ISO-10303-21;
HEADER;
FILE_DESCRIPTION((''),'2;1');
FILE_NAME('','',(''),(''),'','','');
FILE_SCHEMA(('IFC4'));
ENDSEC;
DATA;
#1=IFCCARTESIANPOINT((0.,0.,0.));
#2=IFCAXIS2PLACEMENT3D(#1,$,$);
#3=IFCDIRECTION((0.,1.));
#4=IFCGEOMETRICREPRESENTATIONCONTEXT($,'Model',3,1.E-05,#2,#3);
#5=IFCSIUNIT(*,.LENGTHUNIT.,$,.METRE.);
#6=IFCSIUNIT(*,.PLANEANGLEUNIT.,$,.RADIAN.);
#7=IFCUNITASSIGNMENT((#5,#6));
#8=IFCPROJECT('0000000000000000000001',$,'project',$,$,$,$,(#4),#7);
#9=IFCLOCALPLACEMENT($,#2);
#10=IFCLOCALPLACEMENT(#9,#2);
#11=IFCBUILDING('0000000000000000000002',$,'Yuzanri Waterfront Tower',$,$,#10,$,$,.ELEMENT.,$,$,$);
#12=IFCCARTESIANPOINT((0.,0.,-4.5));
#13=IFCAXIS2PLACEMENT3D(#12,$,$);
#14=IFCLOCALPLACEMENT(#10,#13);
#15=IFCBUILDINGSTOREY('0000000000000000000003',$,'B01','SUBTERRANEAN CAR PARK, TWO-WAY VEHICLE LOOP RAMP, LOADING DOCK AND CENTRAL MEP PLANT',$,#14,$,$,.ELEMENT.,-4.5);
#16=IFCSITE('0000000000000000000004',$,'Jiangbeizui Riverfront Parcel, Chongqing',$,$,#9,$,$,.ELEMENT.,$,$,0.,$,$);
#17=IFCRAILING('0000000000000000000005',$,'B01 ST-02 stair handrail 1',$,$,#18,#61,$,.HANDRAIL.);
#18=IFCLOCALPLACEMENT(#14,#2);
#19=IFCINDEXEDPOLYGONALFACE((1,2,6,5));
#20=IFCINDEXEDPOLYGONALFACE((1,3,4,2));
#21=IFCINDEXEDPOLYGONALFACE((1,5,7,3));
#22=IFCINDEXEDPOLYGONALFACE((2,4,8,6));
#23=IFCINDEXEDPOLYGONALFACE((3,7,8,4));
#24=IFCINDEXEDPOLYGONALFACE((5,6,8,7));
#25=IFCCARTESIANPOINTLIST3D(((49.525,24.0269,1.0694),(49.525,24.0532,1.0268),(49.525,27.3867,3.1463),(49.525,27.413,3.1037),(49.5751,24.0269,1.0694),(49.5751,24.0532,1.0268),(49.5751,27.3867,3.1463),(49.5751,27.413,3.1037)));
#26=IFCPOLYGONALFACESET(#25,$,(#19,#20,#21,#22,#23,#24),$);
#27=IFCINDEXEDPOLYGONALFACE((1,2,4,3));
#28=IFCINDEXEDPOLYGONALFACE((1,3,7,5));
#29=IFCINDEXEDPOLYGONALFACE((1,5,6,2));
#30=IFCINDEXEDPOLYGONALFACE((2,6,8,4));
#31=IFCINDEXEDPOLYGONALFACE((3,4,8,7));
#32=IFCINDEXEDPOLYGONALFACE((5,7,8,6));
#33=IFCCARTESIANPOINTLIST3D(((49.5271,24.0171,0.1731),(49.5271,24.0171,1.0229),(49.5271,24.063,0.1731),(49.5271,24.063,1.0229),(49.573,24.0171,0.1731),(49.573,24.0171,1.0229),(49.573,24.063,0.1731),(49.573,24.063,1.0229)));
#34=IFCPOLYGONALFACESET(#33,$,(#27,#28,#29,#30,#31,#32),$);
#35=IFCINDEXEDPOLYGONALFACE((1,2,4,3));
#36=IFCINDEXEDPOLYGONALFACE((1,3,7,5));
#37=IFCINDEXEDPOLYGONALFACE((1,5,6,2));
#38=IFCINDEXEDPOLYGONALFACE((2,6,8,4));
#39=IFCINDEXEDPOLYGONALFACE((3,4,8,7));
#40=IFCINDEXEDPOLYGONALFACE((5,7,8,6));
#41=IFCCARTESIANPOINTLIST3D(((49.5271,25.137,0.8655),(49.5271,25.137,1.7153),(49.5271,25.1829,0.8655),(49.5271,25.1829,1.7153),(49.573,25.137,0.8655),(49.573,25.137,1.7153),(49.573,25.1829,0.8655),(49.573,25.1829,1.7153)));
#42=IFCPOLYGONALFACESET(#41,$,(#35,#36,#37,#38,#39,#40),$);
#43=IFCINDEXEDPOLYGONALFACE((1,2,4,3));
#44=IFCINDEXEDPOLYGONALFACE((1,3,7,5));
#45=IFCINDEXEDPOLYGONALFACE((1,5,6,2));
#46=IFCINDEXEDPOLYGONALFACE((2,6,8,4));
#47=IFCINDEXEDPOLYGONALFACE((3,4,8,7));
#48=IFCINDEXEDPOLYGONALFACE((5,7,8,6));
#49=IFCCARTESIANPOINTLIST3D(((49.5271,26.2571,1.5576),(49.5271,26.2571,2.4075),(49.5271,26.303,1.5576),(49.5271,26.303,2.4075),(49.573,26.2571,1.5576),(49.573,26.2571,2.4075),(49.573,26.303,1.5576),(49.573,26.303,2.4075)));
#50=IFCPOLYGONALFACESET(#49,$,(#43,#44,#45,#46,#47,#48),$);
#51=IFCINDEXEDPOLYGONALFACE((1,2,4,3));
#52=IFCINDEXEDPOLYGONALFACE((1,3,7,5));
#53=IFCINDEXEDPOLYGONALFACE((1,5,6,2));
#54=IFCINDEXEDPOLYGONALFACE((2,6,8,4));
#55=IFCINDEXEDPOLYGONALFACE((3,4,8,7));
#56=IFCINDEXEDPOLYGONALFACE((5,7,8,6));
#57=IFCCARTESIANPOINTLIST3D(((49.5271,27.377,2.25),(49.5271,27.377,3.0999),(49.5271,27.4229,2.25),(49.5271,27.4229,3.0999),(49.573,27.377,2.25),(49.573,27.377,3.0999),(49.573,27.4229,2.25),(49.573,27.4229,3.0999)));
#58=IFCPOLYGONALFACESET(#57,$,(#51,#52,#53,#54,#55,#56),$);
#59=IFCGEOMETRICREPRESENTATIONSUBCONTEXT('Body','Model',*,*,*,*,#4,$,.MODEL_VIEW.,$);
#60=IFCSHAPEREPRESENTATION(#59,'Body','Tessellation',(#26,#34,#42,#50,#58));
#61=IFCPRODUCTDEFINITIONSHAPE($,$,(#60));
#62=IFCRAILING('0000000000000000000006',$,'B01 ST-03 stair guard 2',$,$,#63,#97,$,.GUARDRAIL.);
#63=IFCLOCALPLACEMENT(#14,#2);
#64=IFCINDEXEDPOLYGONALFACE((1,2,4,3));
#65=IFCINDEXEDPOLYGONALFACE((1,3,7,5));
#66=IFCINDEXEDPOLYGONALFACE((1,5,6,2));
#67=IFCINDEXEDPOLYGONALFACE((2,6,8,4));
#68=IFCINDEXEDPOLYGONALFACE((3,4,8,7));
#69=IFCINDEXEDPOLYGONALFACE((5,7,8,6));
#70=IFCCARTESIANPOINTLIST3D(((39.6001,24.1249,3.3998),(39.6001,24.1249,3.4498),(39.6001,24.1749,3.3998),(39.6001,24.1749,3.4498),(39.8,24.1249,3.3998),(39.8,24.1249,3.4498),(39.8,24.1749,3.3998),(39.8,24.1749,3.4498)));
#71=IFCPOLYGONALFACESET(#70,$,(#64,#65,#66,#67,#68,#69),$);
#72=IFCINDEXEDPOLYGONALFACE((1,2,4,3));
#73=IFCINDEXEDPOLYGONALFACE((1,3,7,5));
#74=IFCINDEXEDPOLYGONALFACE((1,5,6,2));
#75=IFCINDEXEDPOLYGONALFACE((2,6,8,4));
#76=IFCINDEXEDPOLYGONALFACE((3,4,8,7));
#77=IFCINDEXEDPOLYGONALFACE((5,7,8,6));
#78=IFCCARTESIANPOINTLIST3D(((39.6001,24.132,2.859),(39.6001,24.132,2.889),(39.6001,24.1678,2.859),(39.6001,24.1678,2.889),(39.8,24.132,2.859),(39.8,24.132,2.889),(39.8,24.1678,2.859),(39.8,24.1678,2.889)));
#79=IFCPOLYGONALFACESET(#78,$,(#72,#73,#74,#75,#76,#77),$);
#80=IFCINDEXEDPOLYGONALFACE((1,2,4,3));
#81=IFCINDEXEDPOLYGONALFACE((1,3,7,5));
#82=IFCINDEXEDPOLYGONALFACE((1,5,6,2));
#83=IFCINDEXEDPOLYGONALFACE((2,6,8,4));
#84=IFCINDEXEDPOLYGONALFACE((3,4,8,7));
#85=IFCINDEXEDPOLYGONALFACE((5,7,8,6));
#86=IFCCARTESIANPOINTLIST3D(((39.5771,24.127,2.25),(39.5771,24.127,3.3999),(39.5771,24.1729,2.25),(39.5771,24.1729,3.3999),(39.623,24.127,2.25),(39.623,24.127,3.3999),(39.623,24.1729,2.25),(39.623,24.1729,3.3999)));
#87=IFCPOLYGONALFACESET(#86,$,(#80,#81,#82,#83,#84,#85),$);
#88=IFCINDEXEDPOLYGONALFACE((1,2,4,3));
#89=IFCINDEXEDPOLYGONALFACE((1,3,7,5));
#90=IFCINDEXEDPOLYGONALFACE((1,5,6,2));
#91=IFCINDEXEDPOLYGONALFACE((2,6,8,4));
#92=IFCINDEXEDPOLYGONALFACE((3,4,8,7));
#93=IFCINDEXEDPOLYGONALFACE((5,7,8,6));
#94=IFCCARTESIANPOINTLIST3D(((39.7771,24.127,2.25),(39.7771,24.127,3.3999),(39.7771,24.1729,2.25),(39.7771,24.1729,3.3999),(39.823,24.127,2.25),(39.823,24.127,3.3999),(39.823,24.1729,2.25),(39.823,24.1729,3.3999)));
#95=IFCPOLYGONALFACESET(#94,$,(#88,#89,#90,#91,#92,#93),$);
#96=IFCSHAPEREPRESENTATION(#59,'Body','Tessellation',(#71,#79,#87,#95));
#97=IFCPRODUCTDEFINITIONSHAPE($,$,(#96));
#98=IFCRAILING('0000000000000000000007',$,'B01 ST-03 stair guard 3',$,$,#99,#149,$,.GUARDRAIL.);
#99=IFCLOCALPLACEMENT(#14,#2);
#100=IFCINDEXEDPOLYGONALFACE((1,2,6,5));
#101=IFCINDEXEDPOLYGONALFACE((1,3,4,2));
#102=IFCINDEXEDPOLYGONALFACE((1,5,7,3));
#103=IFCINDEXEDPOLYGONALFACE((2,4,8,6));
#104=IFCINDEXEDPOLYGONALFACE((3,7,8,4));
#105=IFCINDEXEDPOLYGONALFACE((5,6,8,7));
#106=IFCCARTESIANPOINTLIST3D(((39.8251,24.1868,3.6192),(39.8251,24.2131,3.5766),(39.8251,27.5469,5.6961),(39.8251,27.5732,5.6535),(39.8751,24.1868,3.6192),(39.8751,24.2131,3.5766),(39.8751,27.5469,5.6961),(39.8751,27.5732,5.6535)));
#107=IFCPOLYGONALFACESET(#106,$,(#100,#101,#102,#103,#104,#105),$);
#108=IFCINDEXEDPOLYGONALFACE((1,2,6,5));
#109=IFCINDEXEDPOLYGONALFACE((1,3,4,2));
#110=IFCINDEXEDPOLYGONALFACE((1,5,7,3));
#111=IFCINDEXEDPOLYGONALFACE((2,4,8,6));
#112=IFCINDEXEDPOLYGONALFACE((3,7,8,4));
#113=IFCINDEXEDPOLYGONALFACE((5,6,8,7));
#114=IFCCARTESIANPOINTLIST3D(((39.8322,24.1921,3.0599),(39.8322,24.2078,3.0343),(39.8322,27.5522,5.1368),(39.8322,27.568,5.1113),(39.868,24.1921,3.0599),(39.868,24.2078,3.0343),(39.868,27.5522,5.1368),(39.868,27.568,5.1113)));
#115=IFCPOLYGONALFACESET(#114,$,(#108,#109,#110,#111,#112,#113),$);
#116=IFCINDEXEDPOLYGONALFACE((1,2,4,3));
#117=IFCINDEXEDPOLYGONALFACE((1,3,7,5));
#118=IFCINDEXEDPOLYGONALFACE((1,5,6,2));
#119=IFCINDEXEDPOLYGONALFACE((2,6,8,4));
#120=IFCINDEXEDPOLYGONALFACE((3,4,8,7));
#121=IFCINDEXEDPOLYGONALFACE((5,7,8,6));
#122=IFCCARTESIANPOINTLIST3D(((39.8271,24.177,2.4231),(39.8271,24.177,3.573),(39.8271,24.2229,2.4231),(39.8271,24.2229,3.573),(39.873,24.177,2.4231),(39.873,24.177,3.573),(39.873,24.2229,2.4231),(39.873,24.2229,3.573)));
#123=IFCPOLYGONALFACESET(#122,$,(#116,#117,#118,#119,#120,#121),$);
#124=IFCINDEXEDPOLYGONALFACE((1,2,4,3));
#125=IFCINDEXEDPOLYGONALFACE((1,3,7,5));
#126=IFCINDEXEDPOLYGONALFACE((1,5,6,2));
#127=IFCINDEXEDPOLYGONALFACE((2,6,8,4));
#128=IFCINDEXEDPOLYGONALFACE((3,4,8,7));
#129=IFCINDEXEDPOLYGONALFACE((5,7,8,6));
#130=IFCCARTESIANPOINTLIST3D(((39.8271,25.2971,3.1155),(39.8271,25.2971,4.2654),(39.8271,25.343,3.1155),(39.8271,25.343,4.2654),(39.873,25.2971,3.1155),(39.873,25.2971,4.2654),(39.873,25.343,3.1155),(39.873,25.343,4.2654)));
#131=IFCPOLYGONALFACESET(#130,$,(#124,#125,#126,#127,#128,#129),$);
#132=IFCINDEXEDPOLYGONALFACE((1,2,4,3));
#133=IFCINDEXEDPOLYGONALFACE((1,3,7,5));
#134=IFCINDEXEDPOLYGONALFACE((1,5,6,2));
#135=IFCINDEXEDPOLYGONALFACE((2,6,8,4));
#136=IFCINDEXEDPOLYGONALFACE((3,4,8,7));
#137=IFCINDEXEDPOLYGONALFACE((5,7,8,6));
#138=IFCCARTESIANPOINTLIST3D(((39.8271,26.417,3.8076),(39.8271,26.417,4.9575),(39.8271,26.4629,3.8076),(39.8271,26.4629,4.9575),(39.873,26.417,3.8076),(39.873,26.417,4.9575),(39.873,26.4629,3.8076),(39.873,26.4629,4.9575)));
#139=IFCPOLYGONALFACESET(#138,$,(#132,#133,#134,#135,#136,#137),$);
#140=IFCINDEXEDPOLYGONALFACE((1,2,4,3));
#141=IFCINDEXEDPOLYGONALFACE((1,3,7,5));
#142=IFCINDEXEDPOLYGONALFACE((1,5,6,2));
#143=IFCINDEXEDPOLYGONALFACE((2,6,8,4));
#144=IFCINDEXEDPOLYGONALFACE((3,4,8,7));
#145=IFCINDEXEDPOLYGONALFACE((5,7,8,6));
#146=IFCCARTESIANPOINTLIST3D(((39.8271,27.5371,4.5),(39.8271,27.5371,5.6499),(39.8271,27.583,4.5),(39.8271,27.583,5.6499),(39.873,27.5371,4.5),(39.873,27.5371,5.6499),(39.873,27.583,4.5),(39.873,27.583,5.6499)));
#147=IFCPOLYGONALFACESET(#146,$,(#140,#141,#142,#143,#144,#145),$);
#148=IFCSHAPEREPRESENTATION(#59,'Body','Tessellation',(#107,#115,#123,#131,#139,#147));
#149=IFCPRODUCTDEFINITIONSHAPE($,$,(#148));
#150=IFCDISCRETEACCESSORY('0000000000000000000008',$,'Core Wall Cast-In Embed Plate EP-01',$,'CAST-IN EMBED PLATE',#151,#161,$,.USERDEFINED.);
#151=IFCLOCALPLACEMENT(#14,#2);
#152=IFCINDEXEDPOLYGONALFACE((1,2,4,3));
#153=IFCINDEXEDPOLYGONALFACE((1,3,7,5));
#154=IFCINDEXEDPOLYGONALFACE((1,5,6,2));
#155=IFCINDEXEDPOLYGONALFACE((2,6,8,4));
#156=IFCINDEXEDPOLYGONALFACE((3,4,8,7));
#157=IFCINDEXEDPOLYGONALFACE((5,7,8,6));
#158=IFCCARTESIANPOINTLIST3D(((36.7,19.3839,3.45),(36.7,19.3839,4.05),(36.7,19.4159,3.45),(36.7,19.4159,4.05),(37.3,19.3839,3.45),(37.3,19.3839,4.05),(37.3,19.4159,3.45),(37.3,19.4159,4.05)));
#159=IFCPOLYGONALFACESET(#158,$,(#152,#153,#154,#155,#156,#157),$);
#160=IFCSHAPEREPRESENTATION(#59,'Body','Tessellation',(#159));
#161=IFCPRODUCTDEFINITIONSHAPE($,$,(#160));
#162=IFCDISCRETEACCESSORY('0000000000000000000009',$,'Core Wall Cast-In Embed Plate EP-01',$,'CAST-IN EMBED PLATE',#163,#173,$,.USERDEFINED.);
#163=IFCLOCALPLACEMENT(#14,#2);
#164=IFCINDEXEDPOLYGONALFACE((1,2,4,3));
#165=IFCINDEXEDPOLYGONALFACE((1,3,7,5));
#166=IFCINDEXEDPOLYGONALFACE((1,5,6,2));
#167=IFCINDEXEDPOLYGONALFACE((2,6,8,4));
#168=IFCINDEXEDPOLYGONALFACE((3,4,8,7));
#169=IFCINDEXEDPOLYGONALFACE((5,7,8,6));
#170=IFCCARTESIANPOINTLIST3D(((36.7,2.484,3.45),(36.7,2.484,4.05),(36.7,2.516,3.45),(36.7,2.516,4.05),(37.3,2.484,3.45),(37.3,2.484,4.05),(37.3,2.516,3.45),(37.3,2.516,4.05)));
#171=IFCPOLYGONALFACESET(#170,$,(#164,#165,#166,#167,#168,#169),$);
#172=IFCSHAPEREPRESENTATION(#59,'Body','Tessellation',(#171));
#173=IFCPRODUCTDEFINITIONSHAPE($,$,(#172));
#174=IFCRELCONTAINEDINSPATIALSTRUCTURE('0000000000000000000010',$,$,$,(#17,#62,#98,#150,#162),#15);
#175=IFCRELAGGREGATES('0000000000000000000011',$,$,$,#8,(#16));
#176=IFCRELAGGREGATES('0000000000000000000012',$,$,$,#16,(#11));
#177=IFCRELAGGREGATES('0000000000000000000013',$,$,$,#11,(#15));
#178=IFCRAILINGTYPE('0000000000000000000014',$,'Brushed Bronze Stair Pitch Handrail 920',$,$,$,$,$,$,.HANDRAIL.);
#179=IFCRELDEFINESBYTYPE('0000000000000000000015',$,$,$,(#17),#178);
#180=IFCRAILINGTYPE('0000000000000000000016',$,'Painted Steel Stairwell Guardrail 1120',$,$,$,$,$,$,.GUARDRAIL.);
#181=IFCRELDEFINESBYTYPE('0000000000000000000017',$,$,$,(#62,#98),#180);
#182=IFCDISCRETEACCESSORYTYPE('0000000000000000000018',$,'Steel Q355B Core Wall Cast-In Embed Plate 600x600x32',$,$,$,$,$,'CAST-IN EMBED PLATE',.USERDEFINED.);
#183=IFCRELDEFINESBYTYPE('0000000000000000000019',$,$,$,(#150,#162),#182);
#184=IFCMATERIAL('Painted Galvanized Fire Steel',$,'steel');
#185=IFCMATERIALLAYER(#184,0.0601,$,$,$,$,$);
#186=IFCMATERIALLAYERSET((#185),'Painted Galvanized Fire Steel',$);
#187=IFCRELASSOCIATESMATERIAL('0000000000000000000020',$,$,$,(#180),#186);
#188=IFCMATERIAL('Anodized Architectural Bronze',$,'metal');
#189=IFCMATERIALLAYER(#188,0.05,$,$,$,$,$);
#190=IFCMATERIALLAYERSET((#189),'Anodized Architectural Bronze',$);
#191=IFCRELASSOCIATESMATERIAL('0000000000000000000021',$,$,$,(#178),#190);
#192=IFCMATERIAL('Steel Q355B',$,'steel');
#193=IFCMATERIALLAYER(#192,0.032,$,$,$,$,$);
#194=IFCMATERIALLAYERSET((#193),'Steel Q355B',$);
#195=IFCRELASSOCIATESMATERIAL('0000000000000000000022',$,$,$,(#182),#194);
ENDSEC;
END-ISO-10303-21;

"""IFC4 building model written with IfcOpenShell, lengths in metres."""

from ifc_helpers import new_model, si_unit, direction, frame, origin, origin_2d, place, context, subcontext, project, spatial, rectangle, extrude, source, transform, mapped, material, layer, layer_set, type_object, element, save


model = new_model("IFC4")

# Units and contexts
model_context = context("Model", 3, precision=1e-05, world=origin(), true_north=direction((0.0, 1.0)))
body_context = subcontext(model_context, "Body", "Model", "MODEL_VIEW")
ifc_project = project(units=[si_unit("LENGTHUNIT", "METRE"), si_unit("PLANEANGLEUNIT", "RADIAN")], contexts=[model_context])

# Site, building, storey
site_placement = place(None, origin())
site = spatial("IfcSite", under=ifc_project, at=site_placement, Name="Jiangbeizui Riverfront Parcel, Chongqing", CompositionType="ELEMENT", RefElevation=0.0)
building_placement = place(site_placement, origin())
building = spatial("IfcBuilding", under=site, at=building_placement, Name="Yuzanri Waterfront Tower", CompositionType="ELEMENT")
storey_placement = place(building_placement, frame((0.0, 0.0, -4.5)))
storey = spatial("IfcBuildingStorey", under=building, at=storey_placement, Name="B01", Description="SUBTERRANEAN CAR PARK, TWO-WAY VEHICLE LOOP RAMP, LOADING DOCK AND CENTRAL MEP PLANT", CompositionType="ELEMENT", Elevation=-4.5)

# Railings
ifc_material_1 = material(Name="Painted Galvanized Fire Steel", Category="steel")
ifc_layer_1 = layer(ifc_material_1, 0.0601)
ifc_layer_set_1 = layer_set([ifc_layer_1], Name="Painted Galvanized Fire Steel")
railing_type_1 = type_object("IfcRailingType", Name="Painted Steel Stairwell Guardrail 1120", PredefinedType="GUARDRAIL", material=ifc_layer_set_1)
ifc_material_2 = material(Name="Anodized Architectural Bronze", Category="metal")
ifc_layer_2 = layer(ifc_material_2, 0.05)
ifc_layer_set_2 = layer_set([ifc_layer_2], Name="Anodized Architectural Bronze")
railing_type_2 = type_object("IfcRailingType", Name="Brushed Bronze Stair Pitch Handrail 920", PredefinedType="HANDRAIL", material=ifc_layer_set_2)
shared_shape_1 = source(origin(), body_context, "Body", "SweptSolid", [
    extrude(rectangle(XDim=0.05, YDim=0.05, at=origin_2d()), frame((0.0, 0.0, 0.875), z_axis=(0.0, 0.850606, 0.525803), x_axis=(-1.0, 0.0, 0.0)), (0.0, 0.0, 1.0), 3.95),
    extrude(rectangle(XDim=0.0459, YDim=0.0459, at=origin_2d()), origin(), (0.0, 0.0, 1.0), 0.8499),
    extrude(rectangle(XDim=0.0459, YDim=0.0459, at=origin_2d()), frame((0.0, 1.1199, 0.6924)), (0.0, 0.0, 1.0), 0.8499),
    extrude(rectangle(XDim=0.0459, YDim=0.0459, at=origin_2d()), frame((0.0, 2.24, 1.3845)), (0.0, 0.0, 1.0), 0.8499),
    extrude(rectangle(XDim=0.0459, YDim=0.0459, at=origin_2d()), frame((0.0, 3.3599, 2.0769)), (0.0, 0.0, 1.0), 0.8499),
])
railing_1_placement = place(storey_placement, frame((49.55, 24.04, 0.1731)))
element("IfcRailing", 1, at=railing_1_placement, inside=storey, type_object=railing_type_2, Name="B01 ST-02 stair handrail 1", PredefinedType="HANDRAIL", context=body_context, shape_type="MappedRepresentation", body=[
    mapped(shared_shape_1, transform((0.0, 0.0, 0.0), scale=1.0)),
])
shared_shape_2 = source(origin(), body_context, "Body", "SweptSolid", [
    extrude(rectangle(XDim=0.05, YDim=0.05, at=origin_2d()), frame((0.0, 0.0, 1.1748), z_axis=(1.0, 0.0, 0.0), x_axis=(0.0, 1.0, 0.0)), (0.0, 0.0, 1.0), 0.2),
    extrude(rectangle(XDim=0.0359, YDim=0.03, at=origin_2d()), frame((0.0, 0.0, 0.624), z_axis=(1.0, 0.0, 0.0), x_axis=(0.0, 1.0, 0.0)), (0.0, 0.0, 1.0), 0.2),
    extrude(rectangle(XDim=0.0459, YDim=0.0459, at=origin_2d()), origin(), (0.0, 0.0, 1.0), 1.1499),
    extrude(rectangle(XDim=0.0459, YDim=0.0459, at=origin_2d()), frame((0.2, 0.0, 0.0)), (0.0, 0.0, 1.0), 1.1499),
])
railing_2_placement = place(storey_placement, frame((39.6001, 24.1499, 2.25)))
element("IfcRailing", 2, at=railing_2_placement, inside=storey, type_object=railing_type_1, Name="B01 ST-03 stair guard 2", PredefinedType="GUARDRAIL", context=body_context, shape_type="MappedRepresentation", body=[
    mapped(shared_shape_2, transform((0.0, 0.0, 0.0), scale=1.0)),
])
shared_shape_3 = source(origin(), body_context, "Body", "SweptSolid", [
    extrude(rectangle(XDim=0.05, YDim=0.05, at=origin_2d()), frame((0.0, 0.0, 1.1748), z_axis=(0.0, 0.850623, 0.525776), x_axis=(-1.0, 0.0, 0.0)), (0.0, 0.0, 1.0), 3.9502),
    extrude(rectangle(XDim=0.0359, YDim=0.03, at=origin_2d()), frame((0.0, 0.0, 0.624), z_axis=(0.0, 0.850623, 0.525776), x_axis=(-1.0, 0.0, 0.0)), (0.0, 0.0, 1.0), 3.9502),
    extrude(rectangle(XDim=0.0459, YDim=0.0459, at=origin_2d()), origin(), (0.0, 0.0, 1.0), 1.1499),
    extrude(rectangle(XDim=0.0459, YDim=0.0459, at=origin_2d()), frame((0.0, 1.1201, 0.6924)), (0.0, 0.0, 1.0), 1.1499),
    extrude(rectangle(XDim=0.0459, YDim=0.0459, at=origin_2d()), frame((0.0, 2.24, 1.3845)), (0.0, 0.0, 1.0), 1.1499),
    extrude(rectangle(XDim=0.0459, YDim=0.0459, at=origin_2d()), frame((0.0, 3.3601, 2.0769)), (0.0, 0.0, 1.0), 1.1499),
])
railing_3_placement = place(storey_placement, frame((39.8501, 24.2, 2.4231)))
element("IfcRailing", 3, at=railing_3_placement, inside=storey, type_object=railing_type_1, Name="B01 ST-03 stair guard 3", PredefinedType="GUARDRAIL", context=body_context, shape_type="MappedRepresentation", body=[
    mapped(shared_shape_3, transform((0.0, 0.0, 0.0), scale=1.0)),
])

# Discrete accessories
ifc_material_3 = material(Name="Steel Q355B", Category="steel")
ifc_layer_3 = layer(ifc_material_3, 0.032)
ifc_layer_set_3 = layer_set([ifc_layer_3], Name="Steel Q355B")
discrete_accessory_type = type_object("IfcDiscreteAccessoryType", Name="Steel Q355B Core Wall Cast-In Embed Plate 600x600x32", ElementType="CAST-IN EMBED PLATE", PredefinedType="USERDEFINED", material=ifc_layer_set_3)
shared_shape_4 = source(origin(), body_context, "Body", "SweptSolid", [
    extrude(rectangle(XDim=0.6001, YDim=0.032, at=origin_2d()), origin(), (0.0, 0.0, 1.0), 0.6001),
])
for number, where, z_axis, x_axis, name in (
    (4, (37.0, 19.3999, 3.45), (0.0, 0.0, 1.0), (1.0, 0.0, 0.0), "Core Wall Cast-In Embed Plate EP-01"),
    (5, (37.0, 2.5, 3.45), (0.0, 0.0, 1.0), (1.0, 0.0, 0.0), "Core Wall Cast-In Embed Plate EP-01"),
):
    element("IfcDiscreteAccessory", number, at=place(storey_placement, frame(where, z_axis=z_axis, x_axis=x_axis)), inside=storey, type_object=discrete_accessory_type, Name=name, ObjectType="CAST-IN EMBED PLATE", PredefinedType="USERDEFINED", context=body_context, shape_type="MappedRepresentation", body=[
        mapped(shared_shape_4, transform((0.0, 0.0, 0.0), scale=1.0)),
    ])

save(model, "model.ifc")
